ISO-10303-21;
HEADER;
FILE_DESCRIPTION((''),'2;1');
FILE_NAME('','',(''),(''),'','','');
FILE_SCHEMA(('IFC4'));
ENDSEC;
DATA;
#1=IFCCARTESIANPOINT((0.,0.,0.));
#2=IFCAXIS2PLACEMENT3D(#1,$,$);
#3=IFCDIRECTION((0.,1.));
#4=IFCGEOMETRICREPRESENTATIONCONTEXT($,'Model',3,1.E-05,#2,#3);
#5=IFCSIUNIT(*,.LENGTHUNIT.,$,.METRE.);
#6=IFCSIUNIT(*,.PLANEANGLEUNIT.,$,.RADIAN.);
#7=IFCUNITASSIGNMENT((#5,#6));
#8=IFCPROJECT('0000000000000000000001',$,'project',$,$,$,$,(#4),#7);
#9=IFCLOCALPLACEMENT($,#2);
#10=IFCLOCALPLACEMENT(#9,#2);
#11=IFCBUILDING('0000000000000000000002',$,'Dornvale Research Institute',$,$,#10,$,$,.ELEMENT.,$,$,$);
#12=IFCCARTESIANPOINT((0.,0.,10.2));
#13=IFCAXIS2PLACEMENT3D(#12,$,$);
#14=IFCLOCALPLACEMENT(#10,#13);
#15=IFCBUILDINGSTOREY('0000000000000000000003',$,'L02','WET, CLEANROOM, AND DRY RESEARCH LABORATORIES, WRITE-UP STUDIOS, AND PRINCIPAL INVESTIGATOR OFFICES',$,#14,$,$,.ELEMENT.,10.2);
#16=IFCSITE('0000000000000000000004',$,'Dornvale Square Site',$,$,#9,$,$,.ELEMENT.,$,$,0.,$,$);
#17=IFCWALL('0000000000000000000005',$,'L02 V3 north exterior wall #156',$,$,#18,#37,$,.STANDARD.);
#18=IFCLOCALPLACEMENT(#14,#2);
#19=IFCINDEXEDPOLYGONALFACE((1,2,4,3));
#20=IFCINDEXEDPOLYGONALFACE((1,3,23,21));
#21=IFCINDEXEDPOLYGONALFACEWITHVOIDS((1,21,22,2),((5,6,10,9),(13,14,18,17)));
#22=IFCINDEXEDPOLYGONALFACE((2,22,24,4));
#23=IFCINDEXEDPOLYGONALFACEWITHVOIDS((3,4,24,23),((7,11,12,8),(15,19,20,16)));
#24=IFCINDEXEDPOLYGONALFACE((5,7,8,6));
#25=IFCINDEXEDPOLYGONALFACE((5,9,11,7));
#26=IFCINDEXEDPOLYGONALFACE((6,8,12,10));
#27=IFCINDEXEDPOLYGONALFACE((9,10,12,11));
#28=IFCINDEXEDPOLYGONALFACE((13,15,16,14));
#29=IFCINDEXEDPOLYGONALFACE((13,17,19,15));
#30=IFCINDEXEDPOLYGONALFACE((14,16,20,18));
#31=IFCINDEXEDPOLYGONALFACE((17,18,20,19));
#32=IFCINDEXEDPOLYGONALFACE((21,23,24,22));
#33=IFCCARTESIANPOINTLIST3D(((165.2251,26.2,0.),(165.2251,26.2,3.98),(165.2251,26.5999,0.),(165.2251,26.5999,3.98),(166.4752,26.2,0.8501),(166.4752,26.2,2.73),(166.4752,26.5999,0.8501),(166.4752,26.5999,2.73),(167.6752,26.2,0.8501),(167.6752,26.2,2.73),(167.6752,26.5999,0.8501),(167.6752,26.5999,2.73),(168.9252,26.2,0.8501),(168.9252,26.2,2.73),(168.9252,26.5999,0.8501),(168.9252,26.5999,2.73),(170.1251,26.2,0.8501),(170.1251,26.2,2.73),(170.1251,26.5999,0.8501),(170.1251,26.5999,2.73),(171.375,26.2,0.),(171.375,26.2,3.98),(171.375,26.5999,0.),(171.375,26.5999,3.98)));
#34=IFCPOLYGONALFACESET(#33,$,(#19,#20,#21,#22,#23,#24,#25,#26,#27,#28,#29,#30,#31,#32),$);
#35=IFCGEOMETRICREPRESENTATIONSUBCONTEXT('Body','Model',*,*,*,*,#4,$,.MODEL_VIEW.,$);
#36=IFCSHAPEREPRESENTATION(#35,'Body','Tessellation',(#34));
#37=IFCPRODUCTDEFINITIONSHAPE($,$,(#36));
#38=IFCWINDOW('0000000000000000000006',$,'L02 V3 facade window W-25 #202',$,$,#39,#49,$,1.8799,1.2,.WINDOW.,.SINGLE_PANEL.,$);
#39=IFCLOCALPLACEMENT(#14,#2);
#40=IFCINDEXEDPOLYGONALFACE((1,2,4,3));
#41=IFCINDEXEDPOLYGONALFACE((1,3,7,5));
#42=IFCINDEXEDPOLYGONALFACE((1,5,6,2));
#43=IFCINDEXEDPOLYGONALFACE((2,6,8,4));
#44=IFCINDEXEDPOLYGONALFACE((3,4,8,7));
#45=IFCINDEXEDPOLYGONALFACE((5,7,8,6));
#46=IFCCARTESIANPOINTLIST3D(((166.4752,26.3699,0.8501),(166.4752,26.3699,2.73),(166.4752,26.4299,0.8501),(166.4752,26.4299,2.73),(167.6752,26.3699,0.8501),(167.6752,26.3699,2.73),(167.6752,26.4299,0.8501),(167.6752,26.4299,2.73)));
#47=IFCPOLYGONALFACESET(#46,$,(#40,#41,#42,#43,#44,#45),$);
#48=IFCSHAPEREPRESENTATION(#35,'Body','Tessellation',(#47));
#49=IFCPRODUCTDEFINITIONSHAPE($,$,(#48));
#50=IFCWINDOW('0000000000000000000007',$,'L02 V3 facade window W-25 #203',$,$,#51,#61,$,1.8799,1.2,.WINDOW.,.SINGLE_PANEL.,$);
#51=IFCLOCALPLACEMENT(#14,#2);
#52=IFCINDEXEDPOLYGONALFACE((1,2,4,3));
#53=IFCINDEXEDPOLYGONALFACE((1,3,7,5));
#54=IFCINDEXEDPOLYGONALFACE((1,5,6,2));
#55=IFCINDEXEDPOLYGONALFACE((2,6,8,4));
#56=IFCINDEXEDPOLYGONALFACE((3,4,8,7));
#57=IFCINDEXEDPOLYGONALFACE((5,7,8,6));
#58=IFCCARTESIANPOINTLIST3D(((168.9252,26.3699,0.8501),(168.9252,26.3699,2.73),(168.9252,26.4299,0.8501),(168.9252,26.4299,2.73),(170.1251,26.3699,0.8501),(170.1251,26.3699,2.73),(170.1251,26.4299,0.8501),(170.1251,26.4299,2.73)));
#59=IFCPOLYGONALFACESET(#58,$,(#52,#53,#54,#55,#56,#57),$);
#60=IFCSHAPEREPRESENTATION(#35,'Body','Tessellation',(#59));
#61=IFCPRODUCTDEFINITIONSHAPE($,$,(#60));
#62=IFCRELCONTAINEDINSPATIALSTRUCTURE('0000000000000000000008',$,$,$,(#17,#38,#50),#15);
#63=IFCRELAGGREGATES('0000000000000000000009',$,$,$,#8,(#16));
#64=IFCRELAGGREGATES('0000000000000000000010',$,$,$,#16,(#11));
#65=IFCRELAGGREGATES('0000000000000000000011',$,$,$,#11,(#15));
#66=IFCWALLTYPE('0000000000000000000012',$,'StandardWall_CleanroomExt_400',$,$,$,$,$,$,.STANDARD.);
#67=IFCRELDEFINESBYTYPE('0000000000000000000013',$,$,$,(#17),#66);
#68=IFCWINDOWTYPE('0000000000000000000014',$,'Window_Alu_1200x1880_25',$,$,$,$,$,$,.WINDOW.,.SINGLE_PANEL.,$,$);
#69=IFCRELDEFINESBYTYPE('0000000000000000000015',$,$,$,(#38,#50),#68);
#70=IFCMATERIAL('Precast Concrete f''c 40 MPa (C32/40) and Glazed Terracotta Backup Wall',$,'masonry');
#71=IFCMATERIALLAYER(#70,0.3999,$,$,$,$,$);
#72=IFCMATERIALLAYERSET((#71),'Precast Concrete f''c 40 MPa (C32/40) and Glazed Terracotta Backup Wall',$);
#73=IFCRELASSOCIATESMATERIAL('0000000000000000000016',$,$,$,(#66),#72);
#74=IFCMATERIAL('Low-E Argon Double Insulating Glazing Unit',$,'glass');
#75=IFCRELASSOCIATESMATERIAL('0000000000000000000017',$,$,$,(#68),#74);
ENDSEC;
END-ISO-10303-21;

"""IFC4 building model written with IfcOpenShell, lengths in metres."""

from ifc_helpers import new_model, si_unit, direction, frame, frame_2d, origin, place, context, subcontext, project, spatial, rectangle, extrude, material, layer, layer_set, type_object, element, fill, save


model = new_model("IFC4")

# Units and contexts
model_context = context("Model", 3, precision=1e-05, world=origin(), true_north=direction((0.0, 1.0)))
body_context = subcontext(model_context, "Body", "Model", "MODEL_VIEW")
ifc_project = project(units=[si_unit("LENGTHUNIT", "METRE"), si_unit("PLANEANGLEUNIT", "RADIAN")], contexts=[model_context])

# Site, building, storey
site_placement = place(None, origin())
site = spatial("IfcSite", under=ifc_project, at=site_placement, Name="Dornvale Square Site", CompositionType="ELEMENT", RefElevation=0.0)
building_placement = place(site_placement, origin())
building = spatial("IfcBuilding", under=site, at=building_placement, Name="Dornvale Research Institute", CompositionType="ELEMENT")
storey_placement = place(building_placement, frame((0.0, 0.0, 10.2)))
storey = spatial("IfcBuildingStorey", under=building, at=storey_placement, Name="L02", Description="WET, CLEANROOM, AND DRY RESEARCH LABORATORIES, WRITE-UP STUDIOS, AND PRINCIPAL INVESTIGATOR OFFICES", CompositionType="ELEMENT", Elevation=10.2)

# Wall, openings, windows
ifc_material_1 = material(Name="Precast Concrete f'c 40 MPa (C32/40) and Glazed Terracotta Backup Wall", Category="masonry")
ifc_layer_1 = layer(ifc_material_1, 0.3999)
ifc_layer_set_1 = layer_set([ifc_layer_1], Name="Precast Concrete f'c 40 MPa (C32/40) and Glazed Terracotta Backup Wall")
wall_type = type_object("IfcWallType", Name="StandardWall_CleanroomExt_400", PredefinedType="STANDARD", material=ifc_layer_set_1)
wall_placement = place(storey_placement, frame((165.2251, 26.3999, 0.0), z_axis=(0.0, 0.0, 1.0), x_axis=(1.0, 0.0, 0.0)))
wall = element("IfcWall", 1, at=wall_placement, inside=storey, type_object=wall_type, Name="L02 V3 north exterior wall #156", PredefinedType="STANDARD", context=body_context, shape_type="SweptSolid", body=[
    extrude(rectangle(XDim=6.1499, YDim=0.3999, at=frame_2d((3.075, 0.0))), origin(), (0.0, 0.0, 1.0), 3.98),
])
opening_1_placement = place(wall_placement, frame((1.25, 0.0, 0.8501)))
opening_1 = element("IfcOpeningElement", 2, at=opening_1_placement, cuts=wall, PredefinedType="OPENING", context=body_context, shape_type="SweptSolid", body=[
    extrude(rectangle(XDim=1.2, YDim=1.8799, at=frame_2d((0.6001, 0.9399))), frame((0.0, 0.2148, 0.0), z_axis=(0.0, -1.0, 0.0), x_axis=(1.0, 0.0, 0.0)), (0.0, 0.0, 1.0), 0.4299),
])
opening_2_placement = place(wall_placement, frame((3.7, 0.0, 0.8501)))
opening_2 = element("IfcOpeningElement", 3, at=opening_2_placement, cuts=wall, PredefinedType="OPENING", context=body_context, shape_type="SweptSolid", body=[
    extrude(rectangle(XDim=1.2, YDim=1.8799, at=frame_2d((0.6001, 0.9399))), frame((0.0, 0.2148, 0.0), z_axis=(0.0, -1.0, 0.0), x_axis=(1.0, 0.0, 0.0)), (0.0, 0.0, 1.0), 0.4299),
])
ifc_material_2 = material(Name="Low-E Argon Double Insulating Glazing Unit", Category="glass")
window_type = type_object("IfcWindowType", Name="Window_Alu_1200x1880_25", PartitioningType="SINGLE_PANEL", PredefinedType="WINDOW", material=ifc_material_2)
window_1_placement = place(opening_1_placement, origin())
window_1 = element("IfcWindow", 4, at=window_1_placement, inside=storey, type_object=window_type, Name="L02 V3 facade window W-25 #202", OverallHeight=1.8799, OverallWidth=1.2, PartitioningType="SINGLE_PANEL", PredefinedType="WINDOW", context=body_context, shape_type="SweptSolid", body=[
    extrude(rectangle(XDim=1.2, YDim=1.8799, at=frame_2d((0.6001, 0.9399))), frame((0.0, 0.03, 0.0), z_axis=(0.0, -1.0, 0.0), x_axis=(1.0, 0.0, 0.0)), (0.0, 0.0, 1.0), 0.0601),
])
fill(opening_1, window_1)
window_2_placement = place(opening_2_placement, origin())
window_2 = element("IfcWindow", 5, at=window_2_placement, inside=storey, type_object=window_type, Name="L02 V3 facade window W-25 #203", OverallHeight=1.8799, OverallWidth=1.2, PartitioningType="SINGLE_PANEL", PredefinedType="WINDOW", context=body_context, shape_type="SweptSolid", body=[
    extrude(rectangle(XDim=1.2, YDim=1.8799, at=frame_2d((0.6001, 0.9399))), frame((0.0, 0.03, 0.0), z_axis=(0.0, -1.0, 0.0), x_axis=(1.0, 0.0, 0.0)), (0.0, 0.0, 1.0), 0.0601),
])
fill(opening_2, window_2)

save(model, "model.ifc")
